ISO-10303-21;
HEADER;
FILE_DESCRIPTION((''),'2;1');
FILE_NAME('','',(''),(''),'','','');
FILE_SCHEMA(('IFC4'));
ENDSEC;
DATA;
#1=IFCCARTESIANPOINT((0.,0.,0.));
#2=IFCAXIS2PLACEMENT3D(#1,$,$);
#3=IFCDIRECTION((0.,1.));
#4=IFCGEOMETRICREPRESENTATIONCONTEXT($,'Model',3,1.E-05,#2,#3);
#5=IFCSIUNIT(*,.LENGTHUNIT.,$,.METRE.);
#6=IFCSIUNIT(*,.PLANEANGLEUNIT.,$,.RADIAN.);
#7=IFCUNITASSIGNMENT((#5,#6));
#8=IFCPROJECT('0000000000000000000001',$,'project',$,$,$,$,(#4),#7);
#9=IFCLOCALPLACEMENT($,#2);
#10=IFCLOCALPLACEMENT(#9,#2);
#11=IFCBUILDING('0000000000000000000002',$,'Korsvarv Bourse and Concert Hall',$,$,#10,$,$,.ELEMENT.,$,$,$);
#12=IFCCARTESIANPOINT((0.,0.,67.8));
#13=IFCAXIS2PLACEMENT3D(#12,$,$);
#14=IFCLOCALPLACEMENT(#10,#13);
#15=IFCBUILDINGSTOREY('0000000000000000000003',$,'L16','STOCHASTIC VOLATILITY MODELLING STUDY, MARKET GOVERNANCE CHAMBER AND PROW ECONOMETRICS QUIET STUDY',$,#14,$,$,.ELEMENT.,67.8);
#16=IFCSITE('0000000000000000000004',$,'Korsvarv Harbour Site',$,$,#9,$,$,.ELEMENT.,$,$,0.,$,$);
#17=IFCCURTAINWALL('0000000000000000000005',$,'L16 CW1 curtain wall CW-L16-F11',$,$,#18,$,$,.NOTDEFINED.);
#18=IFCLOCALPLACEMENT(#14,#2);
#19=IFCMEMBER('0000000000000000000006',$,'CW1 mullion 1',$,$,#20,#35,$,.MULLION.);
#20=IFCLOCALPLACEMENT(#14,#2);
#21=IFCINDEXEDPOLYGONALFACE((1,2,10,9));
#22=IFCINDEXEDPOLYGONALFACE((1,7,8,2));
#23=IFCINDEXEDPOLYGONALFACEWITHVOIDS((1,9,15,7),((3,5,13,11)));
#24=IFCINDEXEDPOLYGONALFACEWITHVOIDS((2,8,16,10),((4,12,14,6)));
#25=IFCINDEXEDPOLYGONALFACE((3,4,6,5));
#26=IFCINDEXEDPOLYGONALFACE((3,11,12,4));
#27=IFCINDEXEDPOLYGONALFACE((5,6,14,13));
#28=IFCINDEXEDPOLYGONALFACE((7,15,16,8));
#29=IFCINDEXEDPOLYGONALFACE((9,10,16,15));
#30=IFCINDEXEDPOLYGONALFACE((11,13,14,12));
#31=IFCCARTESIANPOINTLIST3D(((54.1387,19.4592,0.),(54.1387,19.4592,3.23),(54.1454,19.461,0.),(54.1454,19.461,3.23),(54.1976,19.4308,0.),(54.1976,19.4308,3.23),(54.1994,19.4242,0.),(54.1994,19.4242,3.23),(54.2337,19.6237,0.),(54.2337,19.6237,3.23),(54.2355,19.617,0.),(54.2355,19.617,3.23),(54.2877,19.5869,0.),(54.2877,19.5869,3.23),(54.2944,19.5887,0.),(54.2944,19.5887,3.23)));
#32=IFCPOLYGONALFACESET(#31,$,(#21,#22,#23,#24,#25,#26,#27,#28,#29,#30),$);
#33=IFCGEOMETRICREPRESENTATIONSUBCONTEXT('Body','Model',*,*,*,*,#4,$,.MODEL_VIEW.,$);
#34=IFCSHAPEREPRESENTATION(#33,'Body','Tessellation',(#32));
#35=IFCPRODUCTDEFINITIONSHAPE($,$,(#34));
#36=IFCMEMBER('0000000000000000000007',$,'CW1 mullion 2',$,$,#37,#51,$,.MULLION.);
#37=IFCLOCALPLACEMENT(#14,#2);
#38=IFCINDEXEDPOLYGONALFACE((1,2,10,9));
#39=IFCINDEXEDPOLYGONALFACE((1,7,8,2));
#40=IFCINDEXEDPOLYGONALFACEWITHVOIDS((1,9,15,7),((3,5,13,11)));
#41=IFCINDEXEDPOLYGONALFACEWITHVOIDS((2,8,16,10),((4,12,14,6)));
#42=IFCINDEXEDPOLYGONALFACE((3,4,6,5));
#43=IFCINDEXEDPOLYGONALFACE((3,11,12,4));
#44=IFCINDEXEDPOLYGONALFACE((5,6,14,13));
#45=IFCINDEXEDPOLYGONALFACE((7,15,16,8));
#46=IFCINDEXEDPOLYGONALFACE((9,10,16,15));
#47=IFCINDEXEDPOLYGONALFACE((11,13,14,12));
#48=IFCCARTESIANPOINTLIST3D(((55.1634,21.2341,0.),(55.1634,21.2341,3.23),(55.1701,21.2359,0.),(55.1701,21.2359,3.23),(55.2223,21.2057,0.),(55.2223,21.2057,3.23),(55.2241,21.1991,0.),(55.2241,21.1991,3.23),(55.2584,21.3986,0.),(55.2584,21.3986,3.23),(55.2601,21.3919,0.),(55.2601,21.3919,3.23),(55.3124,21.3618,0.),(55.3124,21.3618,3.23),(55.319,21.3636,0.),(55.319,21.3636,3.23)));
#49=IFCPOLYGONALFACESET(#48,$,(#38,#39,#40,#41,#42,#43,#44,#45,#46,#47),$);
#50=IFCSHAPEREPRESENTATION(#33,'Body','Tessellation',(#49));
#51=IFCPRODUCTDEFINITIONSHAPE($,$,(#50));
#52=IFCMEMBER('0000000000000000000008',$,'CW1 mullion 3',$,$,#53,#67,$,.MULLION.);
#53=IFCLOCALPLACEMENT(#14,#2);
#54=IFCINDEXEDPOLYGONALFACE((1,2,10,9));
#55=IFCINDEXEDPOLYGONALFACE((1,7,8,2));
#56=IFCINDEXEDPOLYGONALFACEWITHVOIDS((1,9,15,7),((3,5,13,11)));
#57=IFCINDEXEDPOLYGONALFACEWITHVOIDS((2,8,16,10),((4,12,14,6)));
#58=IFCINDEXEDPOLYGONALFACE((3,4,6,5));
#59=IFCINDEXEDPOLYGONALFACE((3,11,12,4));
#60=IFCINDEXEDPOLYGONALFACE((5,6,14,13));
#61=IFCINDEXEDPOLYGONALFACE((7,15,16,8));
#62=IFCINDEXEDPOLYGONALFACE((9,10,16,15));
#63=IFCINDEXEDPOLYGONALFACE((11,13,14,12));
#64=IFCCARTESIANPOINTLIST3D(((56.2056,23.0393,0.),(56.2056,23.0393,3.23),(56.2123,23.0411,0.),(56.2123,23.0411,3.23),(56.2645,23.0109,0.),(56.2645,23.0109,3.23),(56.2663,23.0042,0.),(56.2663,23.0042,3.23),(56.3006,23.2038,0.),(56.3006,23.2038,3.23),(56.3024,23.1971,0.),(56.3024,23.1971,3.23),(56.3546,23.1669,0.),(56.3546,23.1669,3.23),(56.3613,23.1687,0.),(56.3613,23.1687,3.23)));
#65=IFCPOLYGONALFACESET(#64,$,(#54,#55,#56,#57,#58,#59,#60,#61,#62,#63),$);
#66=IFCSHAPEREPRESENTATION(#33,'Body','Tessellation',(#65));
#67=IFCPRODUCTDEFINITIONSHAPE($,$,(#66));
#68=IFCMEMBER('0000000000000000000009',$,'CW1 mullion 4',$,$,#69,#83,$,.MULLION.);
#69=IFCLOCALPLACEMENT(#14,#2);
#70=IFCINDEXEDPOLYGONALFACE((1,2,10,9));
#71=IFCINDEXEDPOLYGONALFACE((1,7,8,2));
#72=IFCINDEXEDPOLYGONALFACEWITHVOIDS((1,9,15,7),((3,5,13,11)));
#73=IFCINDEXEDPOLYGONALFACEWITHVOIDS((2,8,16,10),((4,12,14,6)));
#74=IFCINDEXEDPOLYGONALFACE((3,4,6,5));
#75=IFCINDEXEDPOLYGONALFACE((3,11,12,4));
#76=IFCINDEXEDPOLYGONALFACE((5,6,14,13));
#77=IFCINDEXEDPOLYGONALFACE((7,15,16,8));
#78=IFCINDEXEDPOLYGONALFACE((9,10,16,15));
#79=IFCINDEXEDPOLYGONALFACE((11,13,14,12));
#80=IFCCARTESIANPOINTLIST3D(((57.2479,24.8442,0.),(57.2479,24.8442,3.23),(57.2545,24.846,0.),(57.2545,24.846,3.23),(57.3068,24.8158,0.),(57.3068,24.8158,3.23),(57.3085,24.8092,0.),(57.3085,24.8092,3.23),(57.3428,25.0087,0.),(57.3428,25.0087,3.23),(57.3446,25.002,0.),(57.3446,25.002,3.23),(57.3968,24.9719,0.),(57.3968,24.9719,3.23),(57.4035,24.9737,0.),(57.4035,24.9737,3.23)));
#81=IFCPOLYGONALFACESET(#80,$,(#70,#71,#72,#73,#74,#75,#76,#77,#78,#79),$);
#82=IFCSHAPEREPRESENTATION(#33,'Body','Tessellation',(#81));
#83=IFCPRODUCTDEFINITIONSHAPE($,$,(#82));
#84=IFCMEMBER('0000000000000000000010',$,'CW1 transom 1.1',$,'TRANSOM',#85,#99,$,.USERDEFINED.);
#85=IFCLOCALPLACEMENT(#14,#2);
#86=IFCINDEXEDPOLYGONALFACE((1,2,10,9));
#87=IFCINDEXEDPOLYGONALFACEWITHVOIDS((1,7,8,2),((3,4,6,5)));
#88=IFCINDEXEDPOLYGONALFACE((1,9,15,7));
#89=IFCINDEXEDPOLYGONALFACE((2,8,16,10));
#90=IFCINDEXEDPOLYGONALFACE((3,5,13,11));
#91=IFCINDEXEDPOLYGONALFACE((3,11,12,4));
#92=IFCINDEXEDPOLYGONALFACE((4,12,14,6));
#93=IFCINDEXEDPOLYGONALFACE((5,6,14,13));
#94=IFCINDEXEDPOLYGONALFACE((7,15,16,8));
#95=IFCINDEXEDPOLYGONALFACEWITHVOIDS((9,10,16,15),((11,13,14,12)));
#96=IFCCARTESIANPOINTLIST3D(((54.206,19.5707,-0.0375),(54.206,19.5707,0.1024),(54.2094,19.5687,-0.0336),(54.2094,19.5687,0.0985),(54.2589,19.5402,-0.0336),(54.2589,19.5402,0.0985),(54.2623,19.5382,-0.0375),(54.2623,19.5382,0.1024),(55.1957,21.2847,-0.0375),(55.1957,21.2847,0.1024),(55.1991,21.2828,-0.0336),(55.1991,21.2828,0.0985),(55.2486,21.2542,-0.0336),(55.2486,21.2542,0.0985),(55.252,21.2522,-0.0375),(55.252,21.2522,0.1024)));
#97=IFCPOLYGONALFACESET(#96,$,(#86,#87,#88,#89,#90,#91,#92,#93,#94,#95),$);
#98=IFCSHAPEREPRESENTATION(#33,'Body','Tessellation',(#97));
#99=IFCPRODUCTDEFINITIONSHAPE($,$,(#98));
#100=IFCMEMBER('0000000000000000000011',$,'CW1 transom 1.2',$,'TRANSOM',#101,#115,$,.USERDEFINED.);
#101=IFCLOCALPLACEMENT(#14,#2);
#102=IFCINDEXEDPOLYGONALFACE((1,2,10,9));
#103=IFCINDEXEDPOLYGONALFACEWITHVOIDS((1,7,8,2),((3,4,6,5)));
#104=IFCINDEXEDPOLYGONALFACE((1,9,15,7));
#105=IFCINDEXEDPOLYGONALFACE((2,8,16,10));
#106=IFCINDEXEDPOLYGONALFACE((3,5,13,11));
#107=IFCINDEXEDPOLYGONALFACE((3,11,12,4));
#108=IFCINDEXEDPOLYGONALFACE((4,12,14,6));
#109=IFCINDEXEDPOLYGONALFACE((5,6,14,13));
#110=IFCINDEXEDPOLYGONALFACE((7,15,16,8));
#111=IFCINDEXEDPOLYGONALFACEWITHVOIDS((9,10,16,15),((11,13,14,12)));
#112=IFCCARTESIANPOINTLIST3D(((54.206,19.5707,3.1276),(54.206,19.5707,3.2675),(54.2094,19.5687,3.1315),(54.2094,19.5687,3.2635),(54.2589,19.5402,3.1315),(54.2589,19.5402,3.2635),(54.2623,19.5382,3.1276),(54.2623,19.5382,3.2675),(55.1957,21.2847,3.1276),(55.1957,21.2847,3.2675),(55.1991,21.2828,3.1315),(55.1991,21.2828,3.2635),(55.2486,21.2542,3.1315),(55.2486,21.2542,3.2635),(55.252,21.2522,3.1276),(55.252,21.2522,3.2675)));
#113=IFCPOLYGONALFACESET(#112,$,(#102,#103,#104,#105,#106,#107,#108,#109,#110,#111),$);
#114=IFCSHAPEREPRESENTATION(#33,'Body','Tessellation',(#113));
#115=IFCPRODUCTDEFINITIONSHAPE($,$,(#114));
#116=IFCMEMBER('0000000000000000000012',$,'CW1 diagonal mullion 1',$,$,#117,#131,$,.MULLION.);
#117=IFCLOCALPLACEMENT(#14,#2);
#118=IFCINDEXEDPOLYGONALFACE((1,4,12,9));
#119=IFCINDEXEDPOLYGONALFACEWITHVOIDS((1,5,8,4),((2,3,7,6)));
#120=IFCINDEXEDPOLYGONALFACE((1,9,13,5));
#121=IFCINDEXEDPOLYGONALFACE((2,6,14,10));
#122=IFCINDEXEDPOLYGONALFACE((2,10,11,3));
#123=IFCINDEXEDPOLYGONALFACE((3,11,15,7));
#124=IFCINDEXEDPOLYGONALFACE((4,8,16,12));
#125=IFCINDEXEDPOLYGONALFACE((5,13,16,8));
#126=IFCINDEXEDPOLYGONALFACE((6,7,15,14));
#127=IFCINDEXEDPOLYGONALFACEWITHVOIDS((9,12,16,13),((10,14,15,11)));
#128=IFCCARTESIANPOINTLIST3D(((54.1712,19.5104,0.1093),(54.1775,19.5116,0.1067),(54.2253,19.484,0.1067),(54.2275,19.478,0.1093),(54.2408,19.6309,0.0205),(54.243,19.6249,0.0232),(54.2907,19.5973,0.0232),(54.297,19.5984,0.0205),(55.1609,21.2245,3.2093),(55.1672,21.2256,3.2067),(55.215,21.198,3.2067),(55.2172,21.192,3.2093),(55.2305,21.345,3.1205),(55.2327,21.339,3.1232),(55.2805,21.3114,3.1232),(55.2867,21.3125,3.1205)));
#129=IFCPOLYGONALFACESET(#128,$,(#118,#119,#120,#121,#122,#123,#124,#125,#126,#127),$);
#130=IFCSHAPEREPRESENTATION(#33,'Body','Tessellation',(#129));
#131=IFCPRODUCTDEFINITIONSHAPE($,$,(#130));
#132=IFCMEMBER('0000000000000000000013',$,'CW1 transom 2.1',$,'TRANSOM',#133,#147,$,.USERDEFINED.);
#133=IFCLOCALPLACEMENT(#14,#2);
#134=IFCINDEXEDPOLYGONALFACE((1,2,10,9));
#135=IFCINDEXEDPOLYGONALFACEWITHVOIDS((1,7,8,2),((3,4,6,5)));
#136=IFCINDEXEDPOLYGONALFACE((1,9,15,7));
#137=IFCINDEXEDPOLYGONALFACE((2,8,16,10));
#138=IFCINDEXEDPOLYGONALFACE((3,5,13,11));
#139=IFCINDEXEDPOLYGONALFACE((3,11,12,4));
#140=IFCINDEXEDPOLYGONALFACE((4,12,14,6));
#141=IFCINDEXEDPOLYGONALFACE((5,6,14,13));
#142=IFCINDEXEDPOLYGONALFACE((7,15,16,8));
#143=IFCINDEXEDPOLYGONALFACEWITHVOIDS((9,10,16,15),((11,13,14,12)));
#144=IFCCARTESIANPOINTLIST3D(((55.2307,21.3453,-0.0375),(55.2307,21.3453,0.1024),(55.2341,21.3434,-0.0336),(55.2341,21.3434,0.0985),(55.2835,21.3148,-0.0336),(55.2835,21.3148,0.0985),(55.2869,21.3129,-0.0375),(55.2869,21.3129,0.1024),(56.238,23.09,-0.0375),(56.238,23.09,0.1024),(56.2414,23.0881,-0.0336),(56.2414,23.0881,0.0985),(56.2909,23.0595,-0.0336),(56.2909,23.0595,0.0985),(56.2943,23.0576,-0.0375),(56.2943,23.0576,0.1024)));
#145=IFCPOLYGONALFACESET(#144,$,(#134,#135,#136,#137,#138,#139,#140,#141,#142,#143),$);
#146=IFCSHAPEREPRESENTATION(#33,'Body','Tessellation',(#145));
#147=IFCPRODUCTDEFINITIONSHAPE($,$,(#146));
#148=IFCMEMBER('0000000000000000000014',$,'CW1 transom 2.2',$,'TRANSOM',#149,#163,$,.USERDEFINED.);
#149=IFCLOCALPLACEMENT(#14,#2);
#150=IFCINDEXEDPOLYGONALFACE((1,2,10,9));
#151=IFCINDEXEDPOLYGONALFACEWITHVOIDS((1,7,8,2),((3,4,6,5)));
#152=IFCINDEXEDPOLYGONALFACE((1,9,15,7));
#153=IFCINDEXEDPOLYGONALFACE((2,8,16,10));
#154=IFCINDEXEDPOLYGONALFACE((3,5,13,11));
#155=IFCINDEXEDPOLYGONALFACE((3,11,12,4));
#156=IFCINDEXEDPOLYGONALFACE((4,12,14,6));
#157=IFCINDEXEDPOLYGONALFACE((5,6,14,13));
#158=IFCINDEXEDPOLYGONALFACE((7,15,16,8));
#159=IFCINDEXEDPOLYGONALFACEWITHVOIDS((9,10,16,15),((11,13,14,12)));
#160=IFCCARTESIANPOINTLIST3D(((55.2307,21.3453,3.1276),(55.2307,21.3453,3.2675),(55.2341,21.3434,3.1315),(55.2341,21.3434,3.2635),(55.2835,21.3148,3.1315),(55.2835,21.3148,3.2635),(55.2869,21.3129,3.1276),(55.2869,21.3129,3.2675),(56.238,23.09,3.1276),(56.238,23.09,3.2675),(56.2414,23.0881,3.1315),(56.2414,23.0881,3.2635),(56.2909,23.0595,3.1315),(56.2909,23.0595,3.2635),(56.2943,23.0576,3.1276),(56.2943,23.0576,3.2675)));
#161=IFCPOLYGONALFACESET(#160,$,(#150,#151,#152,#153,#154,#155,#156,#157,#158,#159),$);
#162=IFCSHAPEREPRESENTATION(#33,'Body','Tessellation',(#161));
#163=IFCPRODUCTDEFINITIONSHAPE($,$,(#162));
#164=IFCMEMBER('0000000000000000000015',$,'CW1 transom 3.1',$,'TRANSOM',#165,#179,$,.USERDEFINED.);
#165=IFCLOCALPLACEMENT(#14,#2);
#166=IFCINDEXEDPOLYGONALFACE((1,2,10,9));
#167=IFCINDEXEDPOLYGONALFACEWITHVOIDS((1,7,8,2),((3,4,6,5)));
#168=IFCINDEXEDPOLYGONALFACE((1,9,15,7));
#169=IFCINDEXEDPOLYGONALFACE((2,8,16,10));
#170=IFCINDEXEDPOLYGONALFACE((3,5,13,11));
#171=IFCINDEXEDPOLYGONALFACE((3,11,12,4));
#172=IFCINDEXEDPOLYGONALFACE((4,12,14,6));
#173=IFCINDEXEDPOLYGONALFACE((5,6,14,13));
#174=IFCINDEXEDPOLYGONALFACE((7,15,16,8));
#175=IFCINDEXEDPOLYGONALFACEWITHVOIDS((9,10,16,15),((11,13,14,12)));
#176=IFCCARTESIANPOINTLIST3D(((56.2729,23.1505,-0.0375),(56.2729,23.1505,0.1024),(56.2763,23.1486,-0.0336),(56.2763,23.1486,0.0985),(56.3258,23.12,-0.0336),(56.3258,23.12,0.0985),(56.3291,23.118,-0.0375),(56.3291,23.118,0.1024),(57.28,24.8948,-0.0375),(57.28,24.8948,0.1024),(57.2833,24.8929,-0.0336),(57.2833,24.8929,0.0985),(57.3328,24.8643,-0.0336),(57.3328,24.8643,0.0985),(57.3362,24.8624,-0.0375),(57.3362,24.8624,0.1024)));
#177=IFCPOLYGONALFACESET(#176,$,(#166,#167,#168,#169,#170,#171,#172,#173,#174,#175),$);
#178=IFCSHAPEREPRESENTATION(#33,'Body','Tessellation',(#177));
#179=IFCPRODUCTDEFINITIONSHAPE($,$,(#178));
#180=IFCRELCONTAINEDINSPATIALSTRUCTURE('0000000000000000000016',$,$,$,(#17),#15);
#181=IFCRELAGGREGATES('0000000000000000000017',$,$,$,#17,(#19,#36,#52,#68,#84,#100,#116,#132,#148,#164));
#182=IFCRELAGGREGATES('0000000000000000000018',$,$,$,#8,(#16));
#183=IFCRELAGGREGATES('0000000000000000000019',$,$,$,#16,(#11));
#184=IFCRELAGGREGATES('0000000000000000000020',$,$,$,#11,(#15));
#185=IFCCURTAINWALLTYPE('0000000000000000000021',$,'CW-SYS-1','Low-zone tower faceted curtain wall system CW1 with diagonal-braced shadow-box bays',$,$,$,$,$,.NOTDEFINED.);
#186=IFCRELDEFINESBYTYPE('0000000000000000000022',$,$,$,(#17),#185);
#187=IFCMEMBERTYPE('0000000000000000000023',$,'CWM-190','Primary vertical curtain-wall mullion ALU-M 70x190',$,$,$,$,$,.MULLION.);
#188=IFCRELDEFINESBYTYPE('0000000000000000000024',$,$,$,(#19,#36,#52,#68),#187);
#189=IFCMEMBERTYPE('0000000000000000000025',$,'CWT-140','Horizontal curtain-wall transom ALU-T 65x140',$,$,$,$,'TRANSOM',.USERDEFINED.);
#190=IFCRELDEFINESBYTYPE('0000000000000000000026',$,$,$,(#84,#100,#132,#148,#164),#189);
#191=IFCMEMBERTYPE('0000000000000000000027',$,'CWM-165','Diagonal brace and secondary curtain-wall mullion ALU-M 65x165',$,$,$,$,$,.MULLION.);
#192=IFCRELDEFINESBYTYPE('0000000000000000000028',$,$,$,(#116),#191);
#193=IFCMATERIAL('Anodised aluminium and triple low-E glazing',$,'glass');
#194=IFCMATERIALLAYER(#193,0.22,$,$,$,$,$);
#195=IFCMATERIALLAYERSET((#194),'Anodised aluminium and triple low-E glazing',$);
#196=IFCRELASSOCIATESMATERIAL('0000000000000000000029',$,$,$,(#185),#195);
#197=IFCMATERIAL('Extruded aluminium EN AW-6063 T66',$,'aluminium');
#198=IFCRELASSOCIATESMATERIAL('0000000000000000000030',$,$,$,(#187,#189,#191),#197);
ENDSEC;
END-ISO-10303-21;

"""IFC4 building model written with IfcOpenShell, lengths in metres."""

from ifc_helpers import new_model, si_unit, direction, frame, origin, origin_2d, place, context, subcontext, project, spatial, hollow_rectangle, extrude, source, transform, mapped, material, layer, layer_set, material_profile, profile_set, type_object, element, aggregate, save


model = new_model("IFC4")

# Units and contexts
model_context = context("Model", 3, precision=1e-05, world=origin(), true_north=direction((0.0, 1.0)))
body_context = subcontext(model_context, "Body", "Model", "MODEL_VIEW")
ifc_project = project(units=[si_unit("LENGTHUNIT", "METRE"), si_unit("PLANEANGLEUNIT", "RADIAN")], contexts=[model_context])

# Site, building, storey
site_placement = place(None, origin())
site = spatial("IfcSite", under=ifc_project, at=site_placement, Name="Korsvarv Harbour Site", CompositionType="ELEMENT", RefElevation=0.0)
building_placement = place(site_placement, origin())
building = spatial("IfcBuilding", under=site, at=building_placement, Name="Korsvarv Bourse and Concert Hall", CompositionType="ELEMENT")
storey_placement = place(building_placement, frame((0.0, 0.0, 67.8)))
storey = spatial("IfcBuildingStorey", under=building, at=storey_placement, Name="L16", Description="STOCHASTIC VOLATILITY MODELLING STUDY, MARKET GOVERNANCE CHAMBER AND PROW ECONOMETRICS QUIET STUDY", CompositionType="ELEMENT", Elevation=67.8)

# Curtain wall, members
ifc_material_1 = material(Name="Anodised aluminium and triple low-E glazing", Category="glass")
ifc_layer_1 = layer(ifc_material_1, 0.22)
ifc_layer_set_1 = layer_set([ifc_layer_1], Name="Anodised aluminium and triple low-E glazing")
curtain_wall_type = type_object("IfcCurtainWallType", Name="CW-SYS-1", Description="Low-zone tower faceted curtain wall system CW1 with diagonal-braced shadow-box bays", PredefinedType="NOTDEFINED", material=ifc_layer_set_1)
curtain_wall_placement = place(storey_placement, origin())
curtain_wall = element("IfcCurtainWall", 1, at=curtain_wall_placement, inside=storey, type_object=curtain_wall_type, Name="L16 CW1 curtain wall CW-L16-F11", PredefinedType="NOTDEFINED")
ifc_material_2 = material(Name="Extruded aluminium EN AW-6063 T66", Category="aluminium")
ifc_material_profile_1 = material_profile(ifc_material_2, hollow_rectangle(XDim=0.0701, YDim=0.1899, WallThickness=0.0049, at=origin_2d()), Name="ALU-M 70x190")
ifc_profile_set_1 = profile_set([ifc_material_profile_1], Name="Extruded aluminium EN AW-6063 T66")
member_type_1 = type_object("IfcMemberType", Name="CWM-190", Description="Primary vertical curtain-wall mullion ALU-M 70x190", PredefinedType="MULLION", material=ifc_profile_set_1)
shared_shape_1 = source(origin(), body_context, "Body", "SweptSolid", [
    extrude(hollow_rectangle(XDim=0.0701, YDim=0.1899, WallThickness=0.0049, at=origin_2d()), origin(), (0.0, 0.0, 1.0), 3.23),
])
member_1_placement = place(storey_placement, frame((54.2166, 19.5239, 0.0), z_axis=(0.0, 0.0, 1.0), x_axis=(-0.866022, 0.500006, 0.0)))
member_1 = element("IfcMember", 2, at=member_1_placement, type_object=member_type_1, Name="CW1 mullion 1", PredefinedType="MULLION", context=body_context, shape_type="MappedRepresentation", body=[
    mapped(shared_shape_1, transform((0.0, 0.0, 0.0), scale=1.0)),
])
member_2_placement = place(storey_placement, frame((55.2412, 21.2988, 0.0), z_axis=(0.0, 0.0, 1.0), x_axis=(-0.866022, 0.500006, 0.0)))
member_2 = element("IfcMember", 3, at=member_2_placement, type_object=member_type_1, Name="CW1 mullion 2", PredefinedType="MULLION", context=body_context, shape_type="MappedRepresentation", body=[
    mapped(shared_shape_1, transform((0.0, 0.0, 0.0), scale=1.0)),
])
member_3_placement = place(storey_placement, frame((56.2834, 23.104, 0.0), z_axis=(0.0, 0.0, 1.0), x_axis=(-0.866022, 0.500006, 0.0)))
member_3 = element("IfcMember", 4, at=member_3_placement, type_object=member_type_1, Name="CW1 mullion 3", PredefinedType="MULLION", context=body_context, shape_type="MappedRepresentation", body=[
    mapped(shared_shape_1, transform((0.0, 0.0, 0.0), scale=1.0)),
])
member_4_placement = place(storey_placement, frame((57.3257, 24.9089, 0.0), z_axis=(0.0, 0.0, 1.0), x_axis=(-0.866022, 0.500006, 0.0)))
member_4 = element("IfcMember", 5, at=member_4_placement, type_object=member_type_1, Name="CW1 mullion 4", PredefinedType="MULLION", context=body_context, shape_type="MappedRepresentation", body=[
    mapped(shared_shape_1, transform((0.0, 0.0, 0.0), scale=1.0)),
])
ifc_material_profile_2 = material_profile(ifc_material_2, hollow_rectangle(XDim=0.0649, YDim=0.1399, WallThickness=0.0039, at=origin_2d()), Name="ALU-T 65x140")
ifc_profile_set_2 = profile_set([ifc_material_profile_2], Name="Extruded aluminium EN AW-6063 T66")
member_type_2 = type_object("IfcMemberType", Name="CWT-140", Description="Horizontal curtain-wall transom ALU-T 65x140", ElementType="TRANSOM", PredefinedType="USERDEFINED", material=ifc_profile_set_2)
shared_shape_2 = source(origin(), body_context, "Body", "SweptSolid", [
    extrude(hollow_rectangle(XDim=0.0649, YDim=0.1399, WallThickness=0.0039, at=origin_2d()), origin(), (0.0, 0.0, 1.0), 1.9792),
])
member_5_placement = place(storey_placement, frame((54.2341, 19.5544, 0.0325), z_axis=(0.500039, 0.866003, 0.0), x_axis=(-0.866003, 0.500039, 0.0)))
member_5 = element("IfcMember", 6, at=member_5_placement, type_object=member_type_2, Name="CW1 transom 1.1", ObjectType="TRANSOM", PredefinedType="USERDEFINED", context=body_context, shape_type="MappedRepresentation", body=[
    mapped(shared_shape_2, transform((0.0, 0.0, 0.0), scale=1.0)),
])
member_6_placement = place(storey_placement, frame((54.2341, 19.5544, 3.1975), z_axis=(0.500039, 0.866003, 0.0), x_axis=(-0.866003, 0.500039, 0.0)))
member_6 = element("IfcMember", 7, at=member_6_placement, type_object=member_type_2, Name="CW1 transom 1.2", ObjectType="TRANSOM", PredefinedType="USERDEFINED", context=body_context, shape_type="MappedRepresentation", body=[
    mapped(shared_shape_2, transform((0.0, 0.0, 0.0), scale=1.0)),
])
ifc_material_profile_3 = material_profile(ifc_material_2, hollow_rectangle(XDim=0.0649, YDim=0.165, WallThickness=0.0049, at=origin_2d()), Name="ALU-M 65x165")
ifc_profile_set_3 = profile_set([ifc_material_profile_3], Name="Extruded aluminium EN AW-6063 T66")
member_type_3 = type_object("IfcMemberType", Name="CWM-165", Description="Diagonal brace and secondary curtain-wall mullion ALU-M 65x165", PredefinedType="MULLION", material=ifc_profile_set_3)
shared_shape_3 = source(origin(), body_context, "Body", "SweptSolid", [
    extrude(hollow_rectangle(XDim=0.0649, YDim=0.165, WallThickness=0.0049, at=origin_2d()), origin(), (0.0, 0.0, 1.0), 3.678),
])
member_7_placement = place(storey_placement, frame((54.2341, 19.5544, 0.0649), z_axis=(0.269092, 0.466032, 0.842854), x_axis=(-0.866003, 0.500039, 0.0)))
member_7 = element("IfcMember", 8, at=member_7_placement, type_object=member_type_3, Name="CW1 diagonal mullion 1", PredefinedType="MULLION", context=body_context, shape_type="MappedRepresentation", body=[
    mapped(shared_shape_3, transform((0.0, 0.0, 0.0), scale=1.0)),
])
shared_shape_4 = source(origin(), body_context, "Body", "SweptSolid", [
    extrude(hollow_rectangle(XDim=0.0649, YDim=0.1399, WallThickness=0.0039, at=origin_2d()), origin(), (0.0, 0.0, 1.0), 2.0146),
])
member_8_placement = place(storey_placement, frame((55.2588, 21.3291, 0.0325), z_axis=(0.500023, 0.866012, 0.0), x_axis=(-0.866012, 0.500023, 0.0)))
member_8 = element("IfcMember", 9, at=member_8_placement, type_object=member_type_2, Name="CW1 transom 2.1", ObjectType="TRANSOM", PredefinedType="USERDEFINED", context=body_context, shape_type="MappedRepresentation", body=[
    mapped(shared_shape_4, transform((0.0, 0.0, 0.0), scale=1.0)),
])
member_9_placement = place(storey_placement, frame((55.2588, 21.3291, 3.1975), z_axis=(0.500023, 0.866012, 0.0), x_axis=(-0.866012, 0.500023, 0.0)))
member_9 = element("IfcMember", 10, at=member_9_placement, type_object=member_type_2, Name="CW1 transom 2.2", ObjectType="TRANSOM", PredefinedType="USERDEFINED", context=body_context, shape_type="MappedRepresentation", body=[
    mapped(shared_shape_4, transform((0.0, 0.0, 0.0), scale=1.0)),
])
shared_shape_5 = source(origin(), body_context, "Body", "SweptSolid", [
    extrude(hollow_rectangle(XDim=0.0649, YDim=0.1399, WallThickness=0.0039, at=origin_2d()), origin(), (0.0, 0.0, 1.0), 2.0142),
])
member_10_placement = place(storey_placement, frame((56.301, 23.1343, 0.0325), z_axis=(0.499985, 0.866034, 0.0), x_axis=(-0.866034, 0.499985, 0.0)))
member_10 = element("IfcMember", 11, at=member_10_placement, type_object=member_type_2, Name="CW1 transom 3.1", ObjectType="TRANSOM", PredefinedType="USERDEFINED", context=body_context, shape_type="MappedRepresentation", body=[
    mapped(shared_shape_5, transform((0.0, 0.0, 0.0), scale=1.0)),
])
aggregate(curtain_wall, [member_1, member_2, member_3, member_4, member_5, member_6, member_7, member_8, member_9, member_10])

save(model, "model.ifc")
